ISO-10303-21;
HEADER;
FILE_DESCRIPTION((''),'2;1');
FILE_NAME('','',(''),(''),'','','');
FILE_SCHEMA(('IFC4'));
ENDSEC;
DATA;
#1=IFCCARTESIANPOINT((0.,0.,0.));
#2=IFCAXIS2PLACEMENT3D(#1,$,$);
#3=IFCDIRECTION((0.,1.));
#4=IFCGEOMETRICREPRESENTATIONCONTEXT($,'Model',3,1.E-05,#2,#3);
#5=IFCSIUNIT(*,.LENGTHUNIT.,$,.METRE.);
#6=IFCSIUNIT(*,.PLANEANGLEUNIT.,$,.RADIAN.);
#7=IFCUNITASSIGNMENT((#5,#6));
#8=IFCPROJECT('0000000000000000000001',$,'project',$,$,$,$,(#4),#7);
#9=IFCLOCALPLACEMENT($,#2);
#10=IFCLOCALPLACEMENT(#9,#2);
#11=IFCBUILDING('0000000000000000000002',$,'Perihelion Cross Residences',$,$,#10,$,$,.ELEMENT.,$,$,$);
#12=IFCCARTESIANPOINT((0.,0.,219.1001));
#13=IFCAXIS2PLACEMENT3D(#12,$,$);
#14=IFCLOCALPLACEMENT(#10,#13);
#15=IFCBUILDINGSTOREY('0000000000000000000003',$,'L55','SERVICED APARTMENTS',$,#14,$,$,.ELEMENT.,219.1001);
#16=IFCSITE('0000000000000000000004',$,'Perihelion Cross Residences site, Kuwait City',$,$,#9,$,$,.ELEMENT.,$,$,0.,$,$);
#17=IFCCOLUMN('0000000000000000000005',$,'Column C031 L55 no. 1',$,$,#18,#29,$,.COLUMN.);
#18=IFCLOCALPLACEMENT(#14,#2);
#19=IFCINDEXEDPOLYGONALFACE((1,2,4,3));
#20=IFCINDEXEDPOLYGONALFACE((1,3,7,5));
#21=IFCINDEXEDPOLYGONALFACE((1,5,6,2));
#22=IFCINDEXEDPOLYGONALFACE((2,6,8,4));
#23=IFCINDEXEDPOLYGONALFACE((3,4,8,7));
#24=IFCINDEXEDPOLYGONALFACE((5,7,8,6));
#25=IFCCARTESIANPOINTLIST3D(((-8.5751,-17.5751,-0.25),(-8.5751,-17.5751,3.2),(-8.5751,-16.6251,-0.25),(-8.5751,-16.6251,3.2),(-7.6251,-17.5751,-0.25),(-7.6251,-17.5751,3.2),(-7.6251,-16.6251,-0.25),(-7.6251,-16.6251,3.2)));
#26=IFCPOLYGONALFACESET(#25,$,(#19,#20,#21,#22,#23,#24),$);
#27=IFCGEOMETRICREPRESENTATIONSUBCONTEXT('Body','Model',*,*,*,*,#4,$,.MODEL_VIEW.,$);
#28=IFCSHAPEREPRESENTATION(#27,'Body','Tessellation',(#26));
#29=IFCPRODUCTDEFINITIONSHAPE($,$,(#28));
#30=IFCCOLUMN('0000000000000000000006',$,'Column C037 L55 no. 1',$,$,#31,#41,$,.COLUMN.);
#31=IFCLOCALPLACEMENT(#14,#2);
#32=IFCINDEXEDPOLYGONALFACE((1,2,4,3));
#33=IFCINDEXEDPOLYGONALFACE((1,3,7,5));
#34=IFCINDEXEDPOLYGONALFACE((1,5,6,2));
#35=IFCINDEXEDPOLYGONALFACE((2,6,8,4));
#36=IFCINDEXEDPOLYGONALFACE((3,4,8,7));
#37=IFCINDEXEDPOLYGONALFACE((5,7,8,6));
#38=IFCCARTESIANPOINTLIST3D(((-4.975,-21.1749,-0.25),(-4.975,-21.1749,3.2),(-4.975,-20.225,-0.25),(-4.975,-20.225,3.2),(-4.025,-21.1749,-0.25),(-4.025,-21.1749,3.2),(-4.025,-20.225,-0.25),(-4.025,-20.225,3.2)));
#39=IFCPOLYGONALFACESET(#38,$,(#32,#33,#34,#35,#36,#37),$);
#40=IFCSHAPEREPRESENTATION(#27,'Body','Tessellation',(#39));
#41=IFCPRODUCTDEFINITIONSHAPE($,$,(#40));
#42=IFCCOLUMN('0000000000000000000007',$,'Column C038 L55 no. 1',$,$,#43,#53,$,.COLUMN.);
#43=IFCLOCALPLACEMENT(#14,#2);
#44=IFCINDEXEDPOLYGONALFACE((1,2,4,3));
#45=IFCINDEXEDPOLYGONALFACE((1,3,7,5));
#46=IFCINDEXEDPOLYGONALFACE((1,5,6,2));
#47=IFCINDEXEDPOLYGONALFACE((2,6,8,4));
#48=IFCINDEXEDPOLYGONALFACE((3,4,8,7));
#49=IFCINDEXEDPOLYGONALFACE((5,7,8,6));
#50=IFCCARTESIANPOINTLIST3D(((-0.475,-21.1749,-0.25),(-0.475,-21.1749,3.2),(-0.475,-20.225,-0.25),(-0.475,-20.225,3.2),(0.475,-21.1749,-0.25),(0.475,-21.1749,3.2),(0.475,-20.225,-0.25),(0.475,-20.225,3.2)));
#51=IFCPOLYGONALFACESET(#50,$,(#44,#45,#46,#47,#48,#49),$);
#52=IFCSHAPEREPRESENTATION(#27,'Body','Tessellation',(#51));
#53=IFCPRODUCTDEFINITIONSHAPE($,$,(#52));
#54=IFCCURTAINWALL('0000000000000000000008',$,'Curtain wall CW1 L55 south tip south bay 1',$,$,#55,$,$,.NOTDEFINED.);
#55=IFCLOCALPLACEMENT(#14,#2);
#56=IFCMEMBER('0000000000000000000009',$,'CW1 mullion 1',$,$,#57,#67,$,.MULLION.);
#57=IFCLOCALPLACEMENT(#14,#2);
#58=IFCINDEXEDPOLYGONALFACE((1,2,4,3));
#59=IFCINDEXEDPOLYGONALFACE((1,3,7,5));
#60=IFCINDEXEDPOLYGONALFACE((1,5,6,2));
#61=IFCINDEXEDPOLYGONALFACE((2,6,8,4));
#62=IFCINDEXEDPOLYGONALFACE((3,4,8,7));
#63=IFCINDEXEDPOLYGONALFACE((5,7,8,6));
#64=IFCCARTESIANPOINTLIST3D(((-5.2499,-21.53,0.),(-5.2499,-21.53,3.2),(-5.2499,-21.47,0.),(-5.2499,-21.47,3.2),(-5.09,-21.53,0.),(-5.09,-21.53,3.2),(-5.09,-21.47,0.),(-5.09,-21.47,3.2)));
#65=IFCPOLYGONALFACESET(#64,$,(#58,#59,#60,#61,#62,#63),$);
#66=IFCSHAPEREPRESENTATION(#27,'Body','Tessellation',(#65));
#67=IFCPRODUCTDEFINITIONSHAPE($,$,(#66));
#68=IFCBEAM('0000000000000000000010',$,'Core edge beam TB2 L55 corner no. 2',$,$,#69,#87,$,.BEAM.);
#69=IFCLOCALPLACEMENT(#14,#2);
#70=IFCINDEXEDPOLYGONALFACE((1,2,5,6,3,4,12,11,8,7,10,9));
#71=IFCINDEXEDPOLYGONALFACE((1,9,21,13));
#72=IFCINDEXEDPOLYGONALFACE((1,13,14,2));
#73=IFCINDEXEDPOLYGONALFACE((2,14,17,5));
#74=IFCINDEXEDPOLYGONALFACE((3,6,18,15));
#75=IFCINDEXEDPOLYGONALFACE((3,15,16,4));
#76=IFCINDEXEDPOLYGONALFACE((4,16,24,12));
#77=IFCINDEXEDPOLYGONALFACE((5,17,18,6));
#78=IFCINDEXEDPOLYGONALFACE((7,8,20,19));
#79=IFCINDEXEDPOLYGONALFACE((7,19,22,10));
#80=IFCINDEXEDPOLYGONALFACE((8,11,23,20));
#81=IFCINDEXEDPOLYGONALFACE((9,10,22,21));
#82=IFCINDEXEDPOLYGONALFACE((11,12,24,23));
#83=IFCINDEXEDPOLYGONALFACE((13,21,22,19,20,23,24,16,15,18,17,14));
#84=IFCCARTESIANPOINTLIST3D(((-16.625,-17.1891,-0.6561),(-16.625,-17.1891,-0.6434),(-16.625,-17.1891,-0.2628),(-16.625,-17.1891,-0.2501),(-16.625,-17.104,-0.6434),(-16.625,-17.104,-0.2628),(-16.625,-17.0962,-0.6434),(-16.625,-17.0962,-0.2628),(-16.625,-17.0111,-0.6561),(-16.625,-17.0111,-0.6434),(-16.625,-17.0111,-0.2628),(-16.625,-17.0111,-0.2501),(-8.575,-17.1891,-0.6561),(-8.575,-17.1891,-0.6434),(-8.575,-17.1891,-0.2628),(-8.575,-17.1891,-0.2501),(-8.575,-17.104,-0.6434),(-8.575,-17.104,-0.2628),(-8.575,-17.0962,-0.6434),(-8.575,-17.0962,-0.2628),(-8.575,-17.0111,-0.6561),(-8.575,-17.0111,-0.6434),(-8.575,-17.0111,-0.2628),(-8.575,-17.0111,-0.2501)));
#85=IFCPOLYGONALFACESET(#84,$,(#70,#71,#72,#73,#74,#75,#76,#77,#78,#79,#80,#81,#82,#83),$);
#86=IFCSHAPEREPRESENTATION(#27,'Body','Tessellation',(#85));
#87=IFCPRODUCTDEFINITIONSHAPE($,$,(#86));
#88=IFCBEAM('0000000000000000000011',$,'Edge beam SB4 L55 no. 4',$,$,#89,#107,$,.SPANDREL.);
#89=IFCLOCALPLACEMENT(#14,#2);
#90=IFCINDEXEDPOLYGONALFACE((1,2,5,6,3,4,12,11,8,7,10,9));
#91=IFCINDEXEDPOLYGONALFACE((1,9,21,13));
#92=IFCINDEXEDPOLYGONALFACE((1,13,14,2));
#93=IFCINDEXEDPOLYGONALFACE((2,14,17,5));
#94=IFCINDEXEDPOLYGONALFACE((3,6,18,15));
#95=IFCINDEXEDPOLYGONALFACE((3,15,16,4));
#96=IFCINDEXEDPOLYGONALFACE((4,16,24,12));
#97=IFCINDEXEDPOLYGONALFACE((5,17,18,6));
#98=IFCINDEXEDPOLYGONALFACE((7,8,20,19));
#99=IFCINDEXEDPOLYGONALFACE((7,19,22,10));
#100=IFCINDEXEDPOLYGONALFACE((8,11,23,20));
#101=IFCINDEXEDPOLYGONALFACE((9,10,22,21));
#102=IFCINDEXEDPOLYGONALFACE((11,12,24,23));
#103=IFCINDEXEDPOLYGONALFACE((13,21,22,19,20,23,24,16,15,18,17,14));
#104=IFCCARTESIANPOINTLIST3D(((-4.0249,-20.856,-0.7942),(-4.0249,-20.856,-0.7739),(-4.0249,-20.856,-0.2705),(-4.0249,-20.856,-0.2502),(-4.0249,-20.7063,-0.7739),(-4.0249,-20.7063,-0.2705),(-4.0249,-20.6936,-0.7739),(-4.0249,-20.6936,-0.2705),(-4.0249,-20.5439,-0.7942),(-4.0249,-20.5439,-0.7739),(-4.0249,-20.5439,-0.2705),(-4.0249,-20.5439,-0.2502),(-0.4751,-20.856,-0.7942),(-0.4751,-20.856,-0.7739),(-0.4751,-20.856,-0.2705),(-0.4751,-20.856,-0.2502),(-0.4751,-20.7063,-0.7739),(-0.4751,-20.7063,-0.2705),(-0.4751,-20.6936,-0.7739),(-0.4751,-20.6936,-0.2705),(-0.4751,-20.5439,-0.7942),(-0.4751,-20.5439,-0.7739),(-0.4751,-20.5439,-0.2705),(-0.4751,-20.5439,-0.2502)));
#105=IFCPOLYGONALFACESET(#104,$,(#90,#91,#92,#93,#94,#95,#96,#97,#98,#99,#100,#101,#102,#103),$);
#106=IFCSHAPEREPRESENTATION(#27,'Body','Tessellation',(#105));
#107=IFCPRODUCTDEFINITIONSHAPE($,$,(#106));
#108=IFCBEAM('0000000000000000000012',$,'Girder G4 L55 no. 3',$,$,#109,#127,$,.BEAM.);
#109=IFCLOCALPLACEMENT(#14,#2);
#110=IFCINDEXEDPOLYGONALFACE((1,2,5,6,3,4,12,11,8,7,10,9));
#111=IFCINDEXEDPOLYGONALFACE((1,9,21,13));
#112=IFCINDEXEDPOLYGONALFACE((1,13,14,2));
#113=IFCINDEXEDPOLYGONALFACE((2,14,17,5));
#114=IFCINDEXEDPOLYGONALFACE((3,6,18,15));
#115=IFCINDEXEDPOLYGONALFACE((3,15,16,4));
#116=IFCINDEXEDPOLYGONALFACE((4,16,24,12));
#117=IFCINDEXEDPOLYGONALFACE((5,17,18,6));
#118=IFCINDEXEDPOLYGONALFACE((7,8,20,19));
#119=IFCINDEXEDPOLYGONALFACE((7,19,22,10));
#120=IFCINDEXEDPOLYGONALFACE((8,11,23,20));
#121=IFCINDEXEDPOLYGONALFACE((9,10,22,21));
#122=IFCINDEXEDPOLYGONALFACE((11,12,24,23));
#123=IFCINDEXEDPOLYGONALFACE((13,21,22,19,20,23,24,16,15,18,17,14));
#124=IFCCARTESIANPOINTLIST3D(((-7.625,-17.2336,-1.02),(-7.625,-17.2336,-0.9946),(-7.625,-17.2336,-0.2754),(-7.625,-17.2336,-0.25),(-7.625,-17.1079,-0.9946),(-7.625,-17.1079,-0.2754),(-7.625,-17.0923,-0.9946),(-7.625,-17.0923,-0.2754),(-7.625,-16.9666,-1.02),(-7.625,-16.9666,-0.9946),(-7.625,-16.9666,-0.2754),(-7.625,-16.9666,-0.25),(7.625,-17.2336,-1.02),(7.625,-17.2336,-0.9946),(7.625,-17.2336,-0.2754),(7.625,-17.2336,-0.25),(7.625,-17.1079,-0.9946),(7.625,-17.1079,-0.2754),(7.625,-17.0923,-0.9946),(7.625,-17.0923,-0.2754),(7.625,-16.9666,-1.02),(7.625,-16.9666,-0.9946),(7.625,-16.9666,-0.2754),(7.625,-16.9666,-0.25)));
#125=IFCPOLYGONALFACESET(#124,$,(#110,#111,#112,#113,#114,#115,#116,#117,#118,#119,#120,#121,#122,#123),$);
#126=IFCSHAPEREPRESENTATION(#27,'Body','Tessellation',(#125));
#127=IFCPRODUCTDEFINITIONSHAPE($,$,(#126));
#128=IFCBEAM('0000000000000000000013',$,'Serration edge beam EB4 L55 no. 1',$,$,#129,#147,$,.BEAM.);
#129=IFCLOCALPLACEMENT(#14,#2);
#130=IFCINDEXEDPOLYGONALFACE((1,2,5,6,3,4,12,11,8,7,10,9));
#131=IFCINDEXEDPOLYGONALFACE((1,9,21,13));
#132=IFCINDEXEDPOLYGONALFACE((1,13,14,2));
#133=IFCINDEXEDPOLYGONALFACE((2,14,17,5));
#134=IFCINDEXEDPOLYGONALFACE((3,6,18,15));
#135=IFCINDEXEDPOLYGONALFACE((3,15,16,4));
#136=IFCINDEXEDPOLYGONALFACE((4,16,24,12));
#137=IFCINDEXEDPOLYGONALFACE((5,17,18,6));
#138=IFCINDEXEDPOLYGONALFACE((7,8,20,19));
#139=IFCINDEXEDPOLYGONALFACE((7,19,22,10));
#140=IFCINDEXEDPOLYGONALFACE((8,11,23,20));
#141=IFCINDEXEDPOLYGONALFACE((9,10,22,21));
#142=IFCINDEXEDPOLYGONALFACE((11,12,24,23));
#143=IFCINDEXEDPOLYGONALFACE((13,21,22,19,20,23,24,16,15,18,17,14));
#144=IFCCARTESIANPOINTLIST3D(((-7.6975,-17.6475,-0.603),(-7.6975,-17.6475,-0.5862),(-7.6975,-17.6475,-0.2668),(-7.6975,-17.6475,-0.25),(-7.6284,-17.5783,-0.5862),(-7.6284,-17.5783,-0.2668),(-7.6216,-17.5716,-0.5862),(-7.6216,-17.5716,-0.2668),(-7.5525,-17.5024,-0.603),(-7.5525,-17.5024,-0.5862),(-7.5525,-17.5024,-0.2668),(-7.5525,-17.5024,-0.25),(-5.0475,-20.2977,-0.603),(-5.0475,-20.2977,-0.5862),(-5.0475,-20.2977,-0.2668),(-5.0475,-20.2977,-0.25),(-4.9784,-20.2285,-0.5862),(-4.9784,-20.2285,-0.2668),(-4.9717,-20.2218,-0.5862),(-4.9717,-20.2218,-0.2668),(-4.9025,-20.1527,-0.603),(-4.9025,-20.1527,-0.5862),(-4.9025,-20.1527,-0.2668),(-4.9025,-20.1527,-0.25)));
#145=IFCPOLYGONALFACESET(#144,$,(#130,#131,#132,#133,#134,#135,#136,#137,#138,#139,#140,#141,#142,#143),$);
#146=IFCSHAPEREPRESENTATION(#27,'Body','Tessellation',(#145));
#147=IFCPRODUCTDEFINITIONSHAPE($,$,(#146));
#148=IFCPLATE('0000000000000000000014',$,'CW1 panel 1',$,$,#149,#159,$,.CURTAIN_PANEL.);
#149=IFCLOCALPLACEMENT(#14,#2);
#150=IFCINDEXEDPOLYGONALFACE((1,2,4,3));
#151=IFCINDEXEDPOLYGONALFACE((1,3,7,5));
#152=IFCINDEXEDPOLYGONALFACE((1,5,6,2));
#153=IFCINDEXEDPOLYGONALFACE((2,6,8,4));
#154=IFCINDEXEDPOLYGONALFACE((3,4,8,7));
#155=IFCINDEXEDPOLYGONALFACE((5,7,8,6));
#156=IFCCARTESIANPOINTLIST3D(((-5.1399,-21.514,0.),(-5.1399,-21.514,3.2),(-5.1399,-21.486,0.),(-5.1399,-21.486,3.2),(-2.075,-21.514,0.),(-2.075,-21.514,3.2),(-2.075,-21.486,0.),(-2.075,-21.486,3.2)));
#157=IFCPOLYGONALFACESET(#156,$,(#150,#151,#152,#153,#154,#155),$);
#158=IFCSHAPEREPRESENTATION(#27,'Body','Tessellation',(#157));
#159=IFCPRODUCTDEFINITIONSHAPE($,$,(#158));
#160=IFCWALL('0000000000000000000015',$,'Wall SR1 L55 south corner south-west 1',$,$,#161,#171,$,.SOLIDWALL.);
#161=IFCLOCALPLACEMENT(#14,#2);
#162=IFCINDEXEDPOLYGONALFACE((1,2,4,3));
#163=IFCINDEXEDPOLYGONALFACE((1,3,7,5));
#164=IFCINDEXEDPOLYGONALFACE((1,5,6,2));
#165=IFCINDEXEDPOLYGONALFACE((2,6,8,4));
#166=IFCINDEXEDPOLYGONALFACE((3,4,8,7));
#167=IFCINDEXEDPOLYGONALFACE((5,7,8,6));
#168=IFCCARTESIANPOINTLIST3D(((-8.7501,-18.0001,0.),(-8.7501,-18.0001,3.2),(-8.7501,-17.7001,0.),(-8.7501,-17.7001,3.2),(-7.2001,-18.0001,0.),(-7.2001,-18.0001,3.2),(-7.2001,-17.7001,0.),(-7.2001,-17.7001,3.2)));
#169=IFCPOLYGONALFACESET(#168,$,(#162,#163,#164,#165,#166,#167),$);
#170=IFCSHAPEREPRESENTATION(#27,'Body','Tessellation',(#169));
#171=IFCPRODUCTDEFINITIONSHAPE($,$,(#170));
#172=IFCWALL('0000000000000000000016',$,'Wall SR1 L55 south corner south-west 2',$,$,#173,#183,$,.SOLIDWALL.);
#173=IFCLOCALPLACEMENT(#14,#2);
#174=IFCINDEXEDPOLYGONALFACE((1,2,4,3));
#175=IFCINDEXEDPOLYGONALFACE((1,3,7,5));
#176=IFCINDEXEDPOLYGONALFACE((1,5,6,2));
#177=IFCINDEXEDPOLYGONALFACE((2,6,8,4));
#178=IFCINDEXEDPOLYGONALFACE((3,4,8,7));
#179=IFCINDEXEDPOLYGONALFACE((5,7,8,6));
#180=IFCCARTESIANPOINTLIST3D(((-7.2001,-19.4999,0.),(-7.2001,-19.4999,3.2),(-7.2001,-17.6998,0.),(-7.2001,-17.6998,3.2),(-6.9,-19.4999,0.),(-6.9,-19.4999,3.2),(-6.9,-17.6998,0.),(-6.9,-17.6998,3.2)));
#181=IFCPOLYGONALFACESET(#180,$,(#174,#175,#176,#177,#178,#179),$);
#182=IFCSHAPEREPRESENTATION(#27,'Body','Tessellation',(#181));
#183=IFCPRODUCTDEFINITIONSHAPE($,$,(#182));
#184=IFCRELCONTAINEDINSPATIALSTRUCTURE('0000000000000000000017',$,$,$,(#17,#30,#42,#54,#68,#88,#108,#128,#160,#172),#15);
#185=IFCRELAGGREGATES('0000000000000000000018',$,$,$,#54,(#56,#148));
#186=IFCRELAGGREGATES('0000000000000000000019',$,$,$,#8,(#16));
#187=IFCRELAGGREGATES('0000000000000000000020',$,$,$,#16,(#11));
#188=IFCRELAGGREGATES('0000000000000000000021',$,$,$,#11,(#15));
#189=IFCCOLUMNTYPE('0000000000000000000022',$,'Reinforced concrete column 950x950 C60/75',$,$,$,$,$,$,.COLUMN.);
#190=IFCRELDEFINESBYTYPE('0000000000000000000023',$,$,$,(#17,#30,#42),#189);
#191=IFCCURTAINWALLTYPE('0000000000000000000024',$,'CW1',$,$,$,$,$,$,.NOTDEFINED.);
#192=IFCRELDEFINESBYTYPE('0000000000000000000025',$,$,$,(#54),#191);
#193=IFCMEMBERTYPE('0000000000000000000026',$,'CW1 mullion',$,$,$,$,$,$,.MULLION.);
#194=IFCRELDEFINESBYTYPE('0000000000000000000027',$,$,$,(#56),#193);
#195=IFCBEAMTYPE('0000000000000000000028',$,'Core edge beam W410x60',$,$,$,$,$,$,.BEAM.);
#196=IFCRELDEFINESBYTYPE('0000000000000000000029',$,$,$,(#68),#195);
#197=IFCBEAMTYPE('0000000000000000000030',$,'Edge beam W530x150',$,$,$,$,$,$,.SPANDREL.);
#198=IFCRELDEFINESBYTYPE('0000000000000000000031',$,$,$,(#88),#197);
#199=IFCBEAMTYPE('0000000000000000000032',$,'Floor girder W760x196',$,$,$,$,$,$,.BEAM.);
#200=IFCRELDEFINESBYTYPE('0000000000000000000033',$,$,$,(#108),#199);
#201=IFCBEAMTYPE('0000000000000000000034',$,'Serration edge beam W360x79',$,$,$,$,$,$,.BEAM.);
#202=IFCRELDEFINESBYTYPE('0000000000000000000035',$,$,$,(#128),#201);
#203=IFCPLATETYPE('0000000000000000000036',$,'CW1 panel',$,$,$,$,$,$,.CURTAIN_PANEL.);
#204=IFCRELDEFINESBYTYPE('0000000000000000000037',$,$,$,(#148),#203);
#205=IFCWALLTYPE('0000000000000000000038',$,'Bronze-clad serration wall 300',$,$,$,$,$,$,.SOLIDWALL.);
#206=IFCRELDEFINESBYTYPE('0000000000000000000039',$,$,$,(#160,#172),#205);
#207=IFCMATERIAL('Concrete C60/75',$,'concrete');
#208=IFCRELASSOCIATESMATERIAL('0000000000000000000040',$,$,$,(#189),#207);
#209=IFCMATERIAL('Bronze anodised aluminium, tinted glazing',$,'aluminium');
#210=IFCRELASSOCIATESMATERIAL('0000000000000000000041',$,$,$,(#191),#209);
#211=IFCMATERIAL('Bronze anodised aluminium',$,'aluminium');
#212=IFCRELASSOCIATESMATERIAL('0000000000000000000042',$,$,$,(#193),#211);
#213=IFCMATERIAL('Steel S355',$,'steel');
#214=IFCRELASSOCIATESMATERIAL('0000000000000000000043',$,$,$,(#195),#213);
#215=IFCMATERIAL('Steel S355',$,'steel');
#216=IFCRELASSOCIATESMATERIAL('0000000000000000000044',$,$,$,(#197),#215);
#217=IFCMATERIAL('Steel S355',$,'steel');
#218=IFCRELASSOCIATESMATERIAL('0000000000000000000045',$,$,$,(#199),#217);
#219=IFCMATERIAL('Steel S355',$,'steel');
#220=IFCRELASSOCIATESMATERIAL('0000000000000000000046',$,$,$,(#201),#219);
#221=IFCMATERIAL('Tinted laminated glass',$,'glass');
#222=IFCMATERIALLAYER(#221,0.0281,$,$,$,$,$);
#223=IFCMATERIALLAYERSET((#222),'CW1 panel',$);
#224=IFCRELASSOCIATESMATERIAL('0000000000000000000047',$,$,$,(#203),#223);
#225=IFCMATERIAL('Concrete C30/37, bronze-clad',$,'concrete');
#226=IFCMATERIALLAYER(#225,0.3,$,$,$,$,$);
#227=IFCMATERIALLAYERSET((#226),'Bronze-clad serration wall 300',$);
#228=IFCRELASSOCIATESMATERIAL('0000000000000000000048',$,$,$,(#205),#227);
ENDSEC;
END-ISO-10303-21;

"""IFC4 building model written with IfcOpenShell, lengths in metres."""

from ifc_helpers import new_model, si_unit, direction, frame, frame_2d, origin, origin_2d, place, context, subcontext, project, spatial, rectangle, i_section, extrude, material, layer, layer_set, material_profile, profile_set, type_object, element, aggregate, save


model = new_model("IFC4")

# Units and contexts
model_context = context("Model", 3, precision=1e-05, world=origin(), true_north=direction((0.0, 1.0)))
body_context = subcontext(model_context, "Body", "Model", "MODEL_VIEW")
ifc_project = project(units=[si_unit("LENGTHUNIT", "METRE"), si_unit("PLANEANGLEUNIT", "RADIAN")], contexts=[model_context])

# Site, building, storey
site_placement = place(None, origin())
site = spatial("IfcSite", under=ifc_project, at=site_placement, Name="Perihelion Cross Residences site, Kuwait City", CompositionType="ELEMENT", RefElevation=0.0)
building_placement = place(site_placement, origin())
building = spatial("IfcBuilding", under=site, at=building_placement, Name="Perihelion Cross Residences", CompositionType="ELEMENT")
storey_placement = place(building_placement, frame((0.0, 0.0, 219.1001)))
storey = spatial("IfcBuildingStorey", under=building, at=storey_placement, Name="L55", Description="SERVICED APARTMENTS", CompositionType="ELEMENT", Elevation=219.1001)

# Columns
ifc_material_1 = material(Name="Concrete C60/75", Category="concrete")
ifc_material_profile_1 = material_profile(ifc_material_1, rectangle(XDim=0.95, YDim=0.95, at=origin_2d()), Name="RC 950x950")
ifc_profile_set_1 = profile_set([ifc_material_profile_1], Name="Concrete C60/75")
column_type = type_object("IfcColumnType", Name="Reinforced concrete column 950x950 C60/75", PredefinedType="COLUMN", material=ifc_profile_set_1)
for number, where, z_axis, x_axis, name in (
    (1, (-8.1001, -17.1001, -0.25), (0.0, 0.0, 1.0), (1.0, 0.0, 0.0), "Column C031 L55 no. 1"),
    (2, (-4.5, -20.7, -0.25), (0.0, 0.0, 1.0), (1.0, 0.0, 0.0), "Column C037 L55 no. 1"),
    (3, (0.0, -20.7, -0.25), (0.0, 0.0, 1.0), (1.0, 0.0, 0.0), "Column C038 L55 no. 1"),
):
    element("IfcColumn", number, at=place(storey_placement, frame(where, z_axis=z_axis, x_axis=x_axis)), inside=storey, type_object=column_type, Name=name, PredefinedType="COLUMN", context=body_context, shape_type="SweptSolid", body=[
        extrude(rectangle(XDim=0.95, YDim=0.95, at=origin_2d()), origin(), (0.0, 0.0, 1.0), 3.45),
    ])

# Curtain wall, member
ifc_material_2 = material(Name="Bronze anodised aluminium, tinted glazing", Category="aluminium")
curtain_wall_type = type_object("IfcCurtainWallType", Name="CW1", PredefinedType="NOTDEFINED", material=ifc_material_2)
curtain_wall_placement = place(storey_placement, origin())
curtain_wall = element("IfcCurtainWall", 4, at=curtain_wall_placement, inside=storey, type_object=curtain_wall_type, Name="Curtain wall CW1 L55 south tip south bay 1", PredefinedType="NOTDEFINED")
ifc_material_3 = material(Name="Bronze anodised aluminium", Category="aluminium")
ifc_material_profile_2 = material_profile(ifc_material_3, rectangle(XDim=0.0601, YDim=0.1599, at=origin_2d()), Name="CW1 mullion")
ifc_profile_set_2 = profile_set([ifc_material_profile_2], Name="Bronze anodised aluminium")
member_type = type_object("IfcMemberType", Name="CW1 mullion", PredefinedType="MULLION", material=ifc_profile_set_2)
member_placement = place(storey_placement, frame((-5.1699, -21.5, 0.0), z_axis=(0.0, 0.0, 1.0), x_axis=(0.0, 1.0, 0.0)))
member = element("IfcMember", 5, at=member_placement, type_object=member_type, Name="CW1 mullion 1", PredefinedType="MULLION", context=body_context, shape_type="SweptSolid", body=[
    extrude(rectangle(XDim=0.0601, YDim=0.1599, at=origin_2d()), origin(), (0.0, 0.0, 1.0), 3.2),
])

# Beams
ifc_material_4 = material(Name="Steel S355", Category="steel")
ifc_material_profile_3 = material_profile(ifc_material_4, i_section(OverallWidth=0.178, OverallDepth=0.406, WebThickness=0.0078, FlangeThickness=0.0127, at=origin_2d()), Name="W410x60")
ifc_profile_set_3 = profile_set([ifc_material_profile_3], Name="Steel S355")
beam_type_1 = type_object("IfcBeamType", Name="Core edge beam W410x60", PredefinedType="BEAM", material=ifc_profile_set_3)
beam_1_placement = place(storey_placement, frame((-8.575, -17.1001, -0.4531), z_axis=(-1.0, 0.0, 0.0), x_axis=(0.0, -1.0, 0.0)))
element("IfcBeam", 6, at=beam_1_placement, inside=storey, type_object=beam_type_1, Name="Core edge beam TB2 L55 corner no. 2", PredefinedType="BEAM", context=body_context, shape_type="SweptSolid", body=[
    extrude(i_section(OverallWidth=0.178, OverallDepth=0.406, WebThickness=0.0078, FlangeThickness=0.0127, at=origin_2d()), origin(), (0.0, 0.0, 1.0), 8.05),
])
ifc_material_5 = material(Name="Steel S355", Category="steel")
ifc_material_profile_4 = material_profile(ifc_material_5, i_section(OverallWidth=0.312, OverallDepth=0.5439, WebThickness=0.0127, FlangeThickness=0.0203, at=origin_2d()), Name="W530x150")
ifc_profile_set_4 = profile_set([ifc_material_profile_4], Name="Steel S355")
beam_type_2 = type_object("IfcBeamType", Name="Edge beam W530x150", PredefinedType="SPANDREL", material=ifc_profile_set_4)
beam_2_placement = place(storey_placement, frame((-4.0249, -20.7, -0.5222), z_axis=(1.0, 0.0, 0.0), x_axis=(0.0, 1.0, 0.0)))
element("IfcBeam", 7, at=beam_2_placement, inside=storey, type_object=beam_type_2, Name="Edge beam SB4 L55 no. 4", PredefinedType="SPANDREL", context=body_context, shape_type="SweptSolid", body=[
    extrude(i_section(OverallWidth=0.312, OverallDepth=0.5439, WebThickness=0.0127, FlangeThickness=0.0203, at=origin_2d()), origin(), (0.0, 0.0, 1.0), 3.5498),
])
ifc_material_6 = material(Name="Steel S355", Category="steel")
ifc_material_profile_5 = material_profile(ifc_material_6, i_section(OverallWidth=0.2671, OverallDepth=0.77, WebThickness=0.0156, FlangeThickness=0.0254, at=origin_2d()), Name="W760x196")
ifc_profile_set_5 = profile_set([ifc_material_profile_5], Name="Steel S355")
beam_type_3 = type_object("IfcBeamType", Name="Floor girder W760x196", PredefinedType="BEAM", material=ifc_profile_set_5)
beam_3_placement = place(storey_placement, frame((-7.625, -17.1001, -0.635), z_axis=(1.0, 0.0, 0.0), x_axis=(0.0, 1.0, 0.0)))
element("IfcBeam", 8, at=beam_3_placement, inside=storey, type_object=beam_type_3, Name="Girder G4 L55 no. 3", PredefinedType="BEAM", context=body_context, shape_type="SweptSolid", body=[
    extrude(i_section(OverallWidth=0.2671, OverallDepth=0.77, WebThickness=0.0156, FlangeThickness=0.0254, at=origin_2d()), origin(), (0.0, 0.0, 1.0), 15.25),
])
ifc_material_7 = material(Name="Steel S355", Category="steel")
ifc_material_profile_6 = material_profile(ifc_material_7, i_section(OverallWidth=0.2051, OverallDepth=0.353, WebThickness=0.0095, FlangeThickness=0.0168, at=origin_2d()), Name="W360x79")
ifc_profile_set_6 = profile_set([ifc_material_profile_6], Name="Steel S355")
beam_type_4 = type_object("IfcBeamType", Name="Serration edge beam W360x79", PredefinedType="BEAM", material=ifc_profile_set_6)
beam_4_placement = place(storey_placement, frame((-7.625, -17.575, -0.4265), z_axis=(0.707074, -0.707139, 0.0), x_axis=(0.707139, 0.707074, 0.0)))
element("IfcBeam", 9, at=beam_4_placement, inside=storey, type_object=beam_type_4, Name="Serration edge beam EB4 L55 no. 1", PredefinedType="BEAM", context=body_context, shape_type="SweptSolid", body=[
    extrude(i_section(OverallWidth=0.2051, OverallDepth=0.353, WebThickness=0.0095, FlangeThickness=0.0168, at=origin_2d()), origin(), (0.0, 0.0, 1.0), 3.7478),
])

# Plate
ifc_material_8 = material(Name="Tinted laminated glass", Category="glass")
ifc_layer_1 = layer(ifc_material_8, 0.0281)
ifc_layer_set_1 = layer_set([ifc_layer_1], Name="CW1 panel")
plate_type = type_object("IfcPlateType", Name="CW1 panel", PredefinedType="CURTAIN_PANEL", material=ifc_layer_set_1)
plate_placement = place(storey_placement, frame((-3.6074, -21.5, 0.0), z_axis=(0.0, 0.0, 1.0), x_axis=(1.0, 0.0, 0.0)))
plate = element("IfcPlate", 10, at=plate_placement, type_object=plate_type, Name="CW1 panel 1", PredefinedType="CURTAIN_PANEL", context=body_context, shape_type="SweptSolid", body=[
    extrude(rectangle(XDim=3.0649, YDim=0.0281, at=origin_2d()), origin(), (0.0, 0.0, 1.0), 3.2),
])
aggregate(curtain_wall, [member, plate])

# Walls
ifc_material_9 = material(Name="Concrete C30/37, bronze-clad", Category="concrete")
ifc_layer_2 = layer(ifc_material_9, 0.3)
ifc_layer_set_2 = layer_set([ifc_layer_2], Name="Bronze-clad serration wall 300")
wall_type_1 = type_object("IfcWallType", Name="Bronze-clad serration wall 300", PredefinedType="SOLIDWALL", material=ifc_layer_set_2)
wall_1_placement = place(storey_placement, frame((-8.75, -17.8501, 0.0), z_axis=(0.0, 0.0, 1.0), x_axis=(1.0, 0.0, 0.0)))
element("IfcWall", 11, at=wall_1_placement, inside=storey, type_object=wall_type_1, Name="Wall SR1 L55 south corner south-west 1", PredefinedType="SOLIDWALL", context=body_context, shape_type="SweptSolid", body=[
    extrude(rectangle(XDim=1.55, YDim=0.3, at=frame_2d((0.7749, 0.0))), origin(), (0.0, 0.0, 1.0), 3.2),
])
for number, where, z_axis, x_axis, name in (
    (12, (-7.05, -17.7, 0.0), (0.0, 0.0, 1.0), (0.0, -1.0, 0.0), "Wall SR1 L55 south corner south-west 2"),
):
    element("IfcWall", number, at=place(storey_placement, frame(where, z_axis=z_axis, x_axis=x_axis)), inside=storey, type_object=wall_type_1, Name=name, PredefinedType="SOLIDWALL", context=body_context, shape_type="SweptSolid", body=[
        extrude(rectangle(XDim=1.8, YDim=0.3, at=frame_2d((0.8999, 0.0))), origin(), (0.0, 0.0, 1.0), 3.2),
    ])

save(model, "model.ifc")
